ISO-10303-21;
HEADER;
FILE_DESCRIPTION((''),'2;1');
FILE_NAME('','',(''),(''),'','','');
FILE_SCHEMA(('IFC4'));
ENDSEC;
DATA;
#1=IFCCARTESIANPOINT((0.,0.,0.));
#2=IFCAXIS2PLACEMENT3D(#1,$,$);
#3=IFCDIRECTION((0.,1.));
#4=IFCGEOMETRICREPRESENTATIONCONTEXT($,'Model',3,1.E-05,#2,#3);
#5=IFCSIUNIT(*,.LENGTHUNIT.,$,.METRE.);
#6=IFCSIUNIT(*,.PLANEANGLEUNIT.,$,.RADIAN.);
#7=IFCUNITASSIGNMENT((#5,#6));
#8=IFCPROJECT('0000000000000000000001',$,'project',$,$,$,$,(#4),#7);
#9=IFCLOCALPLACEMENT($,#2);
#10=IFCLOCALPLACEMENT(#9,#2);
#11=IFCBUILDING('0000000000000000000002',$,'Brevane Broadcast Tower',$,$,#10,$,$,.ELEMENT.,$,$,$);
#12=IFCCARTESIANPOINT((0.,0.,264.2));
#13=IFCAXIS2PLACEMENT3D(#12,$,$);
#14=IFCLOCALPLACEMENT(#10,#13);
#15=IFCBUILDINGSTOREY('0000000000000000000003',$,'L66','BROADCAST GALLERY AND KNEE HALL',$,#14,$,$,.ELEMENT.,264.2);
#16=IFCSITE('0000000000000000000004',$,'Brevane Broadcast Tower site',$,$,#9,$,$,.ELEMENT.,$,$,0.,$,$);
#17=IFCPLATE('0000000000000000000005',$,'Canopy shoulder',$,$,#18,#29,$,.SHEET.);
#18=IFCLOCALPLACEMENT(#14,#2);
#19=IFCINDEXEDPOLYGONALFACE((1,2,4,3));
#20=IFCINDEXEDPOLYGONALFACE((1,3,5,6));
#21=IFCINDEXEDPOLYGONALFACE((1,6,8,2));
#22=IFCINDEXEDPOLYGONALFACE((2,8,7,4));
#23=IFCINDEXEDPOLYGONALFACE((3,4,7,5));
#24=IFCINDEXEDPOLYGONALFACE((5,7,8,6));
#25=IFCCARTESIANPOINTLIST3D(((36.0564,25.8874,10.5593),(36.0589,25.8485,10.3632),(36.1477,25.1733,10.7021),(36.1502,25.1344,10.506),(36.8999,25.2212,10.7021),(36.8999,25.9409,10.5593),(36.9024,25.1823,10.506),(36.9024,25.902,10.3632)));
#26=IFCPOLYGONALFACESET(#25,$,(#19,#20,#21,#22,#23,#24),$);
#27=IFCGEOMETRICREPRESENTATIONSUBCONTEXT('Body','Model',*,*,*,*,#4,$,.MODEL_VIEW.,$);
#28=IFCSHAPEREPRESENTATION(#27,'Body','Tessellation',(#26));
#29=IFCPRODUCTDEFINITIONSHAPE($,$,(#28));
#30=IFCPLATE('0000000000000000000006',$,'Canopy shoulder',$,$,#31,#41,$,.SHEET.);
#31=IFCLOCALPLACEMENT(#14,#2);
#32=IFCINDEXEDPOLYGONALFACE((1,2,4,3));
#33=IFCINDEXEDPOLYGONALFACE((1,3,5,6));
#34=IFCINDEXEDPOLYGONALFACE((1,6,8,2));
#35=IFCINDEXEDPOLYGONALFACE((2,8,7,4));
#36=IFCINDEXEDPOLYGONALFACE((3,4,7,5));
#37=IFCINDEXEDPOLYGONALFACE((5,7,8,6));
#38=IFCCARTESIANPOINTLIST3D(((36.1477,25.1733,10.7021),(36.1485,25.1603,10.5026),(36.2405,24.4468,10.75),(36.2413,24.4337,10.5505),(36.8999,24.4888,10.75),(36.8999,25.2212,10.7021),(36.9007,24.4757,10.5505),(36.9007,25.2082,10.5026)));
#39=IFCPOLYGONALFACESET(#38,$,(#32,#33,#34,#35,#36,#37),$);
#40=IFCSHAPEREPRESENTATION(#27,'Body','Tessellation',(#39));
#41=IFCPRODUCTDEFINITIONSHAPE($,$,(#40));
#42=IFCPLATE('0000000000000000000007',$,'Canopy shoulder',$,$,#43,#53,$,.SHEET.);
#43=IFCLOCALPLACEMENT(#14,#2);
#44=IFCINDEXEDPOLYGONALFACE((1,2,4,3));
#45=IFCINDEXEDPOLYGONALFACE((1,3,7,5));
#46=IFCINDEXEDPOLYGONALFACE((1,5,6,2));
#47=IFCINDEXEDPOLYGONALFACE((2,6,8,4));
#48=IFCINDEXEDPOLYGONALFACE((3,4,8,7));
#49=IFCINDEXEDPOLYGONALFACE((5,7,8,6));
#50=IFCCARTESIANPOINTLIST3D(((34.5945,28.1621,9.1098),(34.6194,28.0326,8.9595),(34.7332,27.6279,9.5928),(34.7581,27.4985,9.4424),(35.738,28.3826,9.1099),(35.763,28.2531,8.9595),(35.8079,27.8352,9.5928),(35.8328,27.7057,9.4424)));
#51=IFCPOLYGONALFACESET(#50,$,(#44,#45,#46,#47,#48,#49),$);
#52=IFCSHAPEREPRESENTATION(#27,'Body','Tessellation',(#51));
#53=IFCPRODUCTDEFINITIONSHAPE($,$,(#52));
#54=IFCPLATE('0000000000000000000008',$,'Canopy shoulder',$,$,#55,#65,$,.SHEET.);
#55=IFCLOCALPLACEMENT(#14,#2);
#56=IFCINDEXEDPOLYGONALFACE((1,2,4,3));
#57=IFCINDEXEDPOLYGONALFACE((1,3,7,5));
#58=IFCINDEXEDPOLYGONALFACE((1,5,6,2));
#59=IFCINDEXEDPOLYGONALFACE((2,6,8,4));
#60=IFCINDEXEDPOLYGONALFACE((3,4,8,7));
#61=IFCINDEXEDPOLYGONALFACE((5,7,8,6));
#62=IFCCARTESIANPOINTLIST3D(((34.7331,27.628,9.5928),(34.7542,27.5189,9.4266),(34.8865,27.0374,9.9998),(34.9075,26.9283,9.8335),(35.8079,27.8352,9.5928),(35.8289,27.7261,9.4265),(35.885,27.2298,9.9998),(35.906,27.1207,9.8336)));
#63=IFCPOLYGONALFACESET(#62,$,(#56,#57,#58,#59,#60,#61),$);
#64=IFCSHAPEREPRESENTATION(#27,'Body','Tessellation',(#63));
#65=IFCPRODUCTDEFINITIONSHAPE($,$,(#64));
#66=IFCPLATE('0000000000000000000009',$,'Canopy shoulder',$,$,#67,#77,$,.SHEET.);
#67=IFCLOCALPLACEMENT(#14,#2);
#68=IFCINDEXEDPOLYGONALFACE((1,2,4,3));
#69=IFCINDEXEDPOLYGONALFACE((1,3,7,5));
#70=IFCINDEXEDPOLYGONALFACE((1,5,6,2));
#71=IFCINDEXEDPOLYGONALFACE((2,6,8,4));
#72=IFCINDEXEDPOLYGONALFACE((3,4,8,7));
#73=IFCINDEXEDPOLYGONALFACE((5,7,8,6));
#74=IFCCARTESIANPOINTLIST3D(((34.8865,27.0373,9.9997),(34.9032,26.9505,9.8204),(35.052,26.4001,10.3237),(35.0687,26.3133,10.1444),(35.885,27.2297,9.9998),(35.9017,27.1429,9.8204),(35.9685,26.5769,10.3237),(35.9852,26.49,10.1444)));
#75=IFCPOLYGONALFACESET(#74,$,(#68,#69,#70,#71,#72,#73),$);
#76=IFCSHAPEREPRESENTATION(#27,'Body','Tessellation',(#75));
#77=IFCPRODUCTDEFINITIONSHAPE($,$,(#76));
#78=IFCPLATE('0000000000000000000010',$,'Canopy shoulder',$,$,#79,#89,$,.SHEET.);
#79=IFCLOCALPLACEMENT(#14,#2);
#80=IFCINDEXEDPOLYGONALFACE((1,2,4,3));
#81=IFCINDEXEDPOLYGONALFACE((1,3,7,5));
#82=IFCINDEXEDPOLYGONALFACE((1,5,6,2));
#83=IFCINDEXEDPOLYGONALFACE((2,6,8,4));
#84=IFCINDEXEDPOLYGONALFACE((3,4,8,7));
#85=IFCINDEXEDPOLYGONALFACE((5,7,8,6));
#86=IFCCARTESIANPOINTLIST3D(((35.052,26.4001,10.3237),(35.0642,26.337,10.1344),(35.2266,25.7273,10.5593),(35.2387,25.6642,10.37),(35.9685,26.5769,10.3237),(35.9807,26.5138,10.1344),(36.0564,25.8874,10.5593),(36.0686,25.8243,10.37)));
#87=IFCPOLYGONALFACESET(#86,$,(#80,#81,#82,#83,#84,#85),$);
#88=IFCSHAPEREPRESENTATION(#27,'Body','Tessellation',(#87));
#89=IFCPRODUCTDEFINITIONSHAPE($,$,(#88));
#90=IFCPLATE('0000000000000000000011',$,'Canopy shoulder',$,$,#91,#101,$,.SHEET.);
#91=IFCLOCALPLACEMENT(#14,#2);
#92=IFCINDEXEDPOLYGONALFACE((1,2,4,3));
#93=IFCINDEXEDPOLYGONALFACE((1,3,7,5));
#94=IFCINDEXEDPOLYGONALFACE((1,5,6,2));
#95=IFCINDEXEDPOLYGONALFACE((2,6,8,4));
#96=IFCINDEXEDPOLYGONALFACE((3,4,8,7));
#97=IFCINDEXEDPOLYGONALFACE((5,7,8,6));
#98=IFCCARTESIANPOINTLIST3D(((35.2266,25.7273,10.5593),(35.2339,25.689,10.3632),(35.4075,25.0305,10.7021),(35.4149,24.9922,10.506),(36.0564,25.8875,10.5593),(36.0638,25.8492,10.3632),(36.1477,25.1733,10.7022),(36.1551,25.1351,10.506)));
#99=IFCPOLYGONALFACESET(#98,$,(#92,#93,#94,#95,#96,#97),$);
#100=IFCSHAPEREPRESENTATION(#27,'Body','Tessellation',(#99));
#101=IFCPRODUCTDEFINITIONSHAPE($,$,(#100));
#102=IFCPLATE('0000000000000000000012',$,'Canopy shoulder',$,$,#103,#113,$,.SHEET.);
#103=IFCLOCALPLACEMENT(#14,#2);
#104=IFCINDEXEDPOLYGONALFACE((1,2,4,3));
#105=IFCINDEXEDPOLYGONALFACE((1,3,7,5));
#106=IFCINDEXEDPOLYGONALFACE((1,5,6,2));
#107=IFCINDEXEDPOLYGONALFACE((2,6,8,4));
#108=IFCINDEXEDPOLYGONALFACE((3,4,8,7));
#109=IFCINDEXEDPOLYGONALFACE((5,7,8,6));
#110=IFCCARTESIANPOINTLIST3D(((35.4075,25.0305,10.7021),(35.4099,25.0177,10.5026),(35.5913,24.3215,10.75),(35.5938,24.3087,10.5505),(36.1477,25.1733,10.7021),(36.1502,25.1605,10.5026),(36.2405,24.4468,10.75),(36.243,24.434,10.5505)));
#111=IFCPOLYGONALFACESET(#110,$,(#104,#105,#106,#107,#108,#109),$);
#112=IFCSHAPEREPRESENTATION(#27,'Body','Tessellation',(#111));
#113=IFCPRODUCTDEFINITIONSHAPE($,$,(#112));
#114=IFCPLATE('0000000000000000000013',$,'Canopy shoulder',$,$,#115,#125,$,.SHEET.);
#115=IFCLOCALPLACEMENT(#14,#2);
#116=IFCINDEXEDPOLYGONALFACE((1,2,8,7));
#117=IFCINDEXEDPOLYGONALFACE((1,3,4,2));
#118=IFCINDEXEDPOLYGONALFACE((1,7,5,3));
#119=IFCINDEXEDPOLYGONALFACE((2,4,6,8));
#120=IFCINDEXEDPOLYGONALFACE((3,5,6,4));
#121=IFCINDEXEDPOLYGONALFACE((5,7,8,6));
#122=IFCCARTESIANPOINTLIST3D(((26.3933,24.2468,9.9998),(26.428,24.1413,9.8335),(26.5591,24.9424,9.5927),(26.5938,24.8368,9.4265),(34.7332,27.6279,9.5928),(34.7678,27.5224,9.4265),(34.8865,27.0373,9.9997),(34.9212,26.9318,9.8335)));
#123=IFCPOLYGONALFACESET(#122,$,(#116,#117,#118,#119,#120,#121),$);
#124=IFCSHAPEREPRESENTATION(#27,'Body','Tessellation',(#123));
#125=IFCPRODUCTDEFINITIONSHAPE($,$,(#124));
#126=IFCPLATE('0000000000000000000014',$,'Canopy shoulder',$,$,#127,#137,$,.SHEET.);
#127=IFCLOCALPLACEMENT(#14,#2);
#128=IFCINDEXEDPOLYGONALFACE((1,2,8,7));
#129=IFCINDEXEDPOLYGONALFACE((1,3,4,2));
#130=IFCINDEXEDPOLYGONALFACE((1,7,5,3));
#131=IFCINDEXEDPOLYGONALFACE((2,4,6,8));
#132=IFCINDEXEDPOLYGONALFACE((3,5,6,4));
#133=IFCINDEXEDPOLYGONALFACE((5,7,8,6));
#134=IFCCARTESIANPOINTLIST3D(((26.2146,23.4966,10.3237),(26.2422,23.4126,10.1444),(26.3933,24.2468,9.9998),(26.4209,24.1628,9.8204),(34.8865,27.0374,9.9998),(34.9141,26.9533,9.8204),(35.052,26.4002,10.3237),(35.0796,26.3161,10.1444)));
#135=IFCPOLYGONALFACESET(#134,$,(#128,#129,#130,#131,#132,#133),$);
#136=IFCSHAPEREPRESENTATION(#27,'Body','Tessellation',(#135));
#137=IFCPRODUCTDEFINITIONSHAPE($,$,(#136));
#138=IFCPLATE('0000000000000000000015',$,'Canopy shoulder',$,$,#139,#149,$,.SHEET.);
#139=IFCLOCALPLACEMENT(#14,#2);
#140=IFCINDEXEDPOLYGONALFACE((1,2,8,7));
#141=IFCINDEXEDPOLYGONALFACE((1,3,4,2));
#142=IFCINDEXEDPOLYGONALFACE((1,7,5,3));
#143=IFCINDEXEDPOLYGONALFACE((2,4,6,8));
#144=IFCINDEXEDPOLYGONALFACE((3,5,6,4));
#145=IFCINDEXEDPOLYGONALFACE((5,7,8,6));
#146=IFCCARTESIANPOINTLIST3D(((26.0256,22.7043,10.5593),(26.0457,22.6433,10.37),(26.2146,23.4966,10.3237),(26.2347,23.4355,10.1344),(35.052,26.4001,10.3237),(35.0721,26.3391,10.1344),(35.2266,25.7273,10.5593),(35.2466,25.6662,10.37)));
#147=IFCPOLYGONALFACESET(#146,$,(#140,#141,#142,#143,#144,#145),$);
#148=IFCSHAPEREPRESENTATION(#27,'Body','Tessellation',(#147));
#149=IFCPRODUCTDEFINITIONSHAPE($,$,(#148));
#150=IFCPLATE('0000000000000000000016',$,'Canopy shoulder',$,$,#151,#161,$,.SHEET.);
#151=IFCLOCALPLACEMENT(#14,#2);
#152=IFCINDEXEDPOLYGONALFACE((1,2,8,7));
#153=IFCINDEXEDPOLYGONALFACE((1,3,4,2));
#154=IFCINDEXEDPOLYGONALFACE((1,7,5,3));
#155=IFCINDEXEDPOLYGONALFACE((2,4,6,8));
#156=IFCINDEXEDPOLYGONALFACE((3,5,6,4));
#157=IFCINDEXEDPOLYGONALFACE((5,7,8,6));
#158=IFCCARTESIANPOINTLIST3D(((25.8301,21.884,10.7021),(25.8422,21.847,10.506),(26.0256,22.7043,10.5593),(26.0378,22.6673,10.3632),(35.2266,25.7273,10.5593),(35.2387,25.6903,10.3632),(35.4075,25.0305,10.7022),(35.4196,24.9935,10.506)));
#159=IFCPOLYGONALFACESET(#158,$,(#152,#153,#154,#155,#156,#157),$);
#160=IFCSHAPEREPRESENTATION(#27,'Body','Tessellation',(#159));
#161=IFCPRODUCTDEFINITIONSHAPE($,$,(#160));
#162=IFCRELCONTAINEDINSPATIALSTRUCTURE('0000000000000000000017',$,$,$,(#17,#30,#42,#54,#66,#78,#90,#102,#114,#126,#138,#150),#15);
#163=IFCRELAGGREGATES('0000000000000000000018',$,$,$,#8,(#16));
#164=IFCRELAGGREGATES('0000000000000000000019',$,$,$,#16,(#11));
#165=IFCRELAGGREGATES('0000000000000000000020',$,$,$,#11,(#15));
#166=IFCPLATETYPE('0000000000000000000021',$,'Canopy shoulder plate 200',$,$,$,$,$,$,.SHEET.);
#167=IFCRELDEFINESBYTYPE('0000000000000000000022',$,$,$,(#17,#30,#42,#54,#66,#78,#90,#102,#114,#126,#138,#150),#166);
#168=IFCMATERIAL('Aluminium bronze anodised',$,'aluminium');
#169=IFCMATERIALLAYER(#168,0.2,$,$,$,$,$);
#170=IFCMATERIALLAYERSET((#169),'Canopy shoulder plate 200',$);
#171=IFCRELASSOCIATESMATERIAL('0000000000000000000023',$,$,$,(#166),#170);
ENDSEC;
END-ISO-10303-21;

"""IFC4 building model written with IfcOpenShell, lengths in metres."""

from ifc_helpers import new_model, si_unit, direction, frame, origin, place, context, subcontext, project, spatial, polyline, outline, extrude, material, layer, layer_set, type_object, element, save


model = new_model("IFC4")

# Units and contexts
model_context = context("Model", 3, precision=1e-05, world=origin(), true_north=direction((0.0, 1.0)))
body_context = subcontext(model_context, "Body", "Model", "MODEL_VIEW")
ifc_project = project(units=[si_unit("LENGTHUNIT", "METRE"), si_unit("PLANEANGLEUNIT", "RADIAN")], contexts=[model_context])

# Site, building, storey
site_placement = place(None, origin())
site = spatial("IfcSite", under=ifc_project, at=site_placement, Name="Brevane Broadcast Tower site", CompositionType="ELEMENT", RefElevation=0.0)
building_placement = place(site_placement, origin())
building = spatial("IfcBuilding", under=site, at=building_placement, Name="Brevane Broadcast Tower", CompositionType="ELEMENT")
storey_placement = place(building_placement, frame((0.0, 0.0, 264.2)))
storey = spatial("IfcBuildingStorey", under=building, at=storey_placement, Name="L66", Description="BROADCAST GALLERY AND KNEE HALL", CompositionType="ELEMENT", Elevation=264.2)

# Plates
ifc_material = material(Name="Aluminium bronze anodised", Category="aluminium")
ifc_layer = layer(ifc_material, 0.2)
ifc_layer_set = layer_set([ifc_layer], Name="Canopy shoulder plate 200")
plate_type = type_object("IfcPlateType", Name="Canopy shoulder plate 200", PredefinedType="SHEET", material=ifc_layer_set)
plate_1_placement = place(storey_placement, frame((36.8999, 25.9409, 10.5593), z_axis=(-0.012356, 0.194606, 0.980804), x_axis=(-0.997997, -0.063264, -0.000021)))
element("IfcPlate", 1, at=plate_1_placement, inside=storey, type_object=plate_type, Name="Canopy shoulder", PredefinedType="SHEET", context=body_context, shape_type="SweptSolid", body=[
    extrude(outline(polyline([(0.0, 0.0), (0.8452, 0.0), (0.7992, 0.7325), (0.0455, 0.7323), (0.0, 0.0)])), origin(), (0.0, 0.0, -1.0), 0.2),
])
plate_2_placement = place(storey_placement, frame((36.8999, 25.2212, 10.7021), z_axis=(-0.004149, 0.065192, 0.997864), x_axis=(-0.997983, -0.063488, -0.000002)))
element("IfcPlate", 2, at=plate_2_placement, inside=storey, type_object=plate_type, Name="Canopy shoulder", PredefinedType="SHEET", context=body_context, shape_type="SweptSolid", body=[
    extrude(outline(polyline([(0.0, 0.0), (0.7537, 0.0), (0.7073, 0.7326), (0.0465, 0.7325), (0.0, 0.0)])), origin(), (0.0, 0.0, -1.0), 0.2),
])
plate_3_placement = place(storey_placement, frame((35.738, 28.3826, 9.1099), z_axis=(-0.124829, 0.64737, 0.751884), x_axis=(-0.981916, -0.189315, -0.000019)))
element("IfcPlate", 3, at=plate_3_placement, inside=storey, type_object=plate_type, Name="Canopy shoulder", PredefinedType="SHEET", context=body_context, shape_type="SweptSolid", body=[
    extrude(outline(polyline([(0.0, 0.0), (1.1646, 0.0), (1.1296, 0.7325), (0.0351, 0.7324), (0.0, 0.0)])), origin(), (0.0, 0.0, -1.0), 0.2),
])
plate_4_placement = place(storey_placement, frame((35.8079, 27.8352, 9.5928), z_axis=(-0.105169, 0.545569, 0.831441), x_axis=(-0.98191, -0.189348, 0.000043)))
element("IfcPlate", 4, at=plate_4_placement, inside=storey, type_object=plate_type, Name="Canopy shoulder", PredefinedType="SHEET", context=body_context, shape_type="SweptSolid", body=[
    extrude(outline(polyline([(0.0, 0.0), (1.0945, 0.0), (1.0558, 0.7324), (0.0389, 0.7326), (0.0, 0.0)])), origin(), (0.0, 0.0, -1.0), 0.2),
])
plate_5_placement = place(storey_placement, frame((35.885, 27.2297, 9.9998), z_axis=(-0.083717, 0.434309, 0.896865), x_axis=(-0.981938, -0.189203, -0.000036)))
element("IfcPlate", 5, at=plate_5_placement, inside=storey, type_object=plate_type, Name="Canopy shoulder", PredefinedType="SHEET", context=body_context, shape_type="SweptSolid", body=[
    extrude(outline(polyline([(0.0, 0.0), (1.0169, 0.0), (0.9749, 0.7325), (0.0415, 0.7324), (0.0, 0.0)])), origin(), (0.0, 0.0, -1.0), 0.2),
])
plate_6_placement = place(storey_placement, frame((35.9685, 26.5769, 10.3237), z_axis=(-0.06092, 0.315768, 0.946879), x_axis=(-0.981904, -0.189378, -0.000019)))
element("IfcPlate", 6, at=plate_6_placement, inside=storey, type_object=plate_type, Name="Canopy shoulder", PredefinedType="SHEET", context=body_context, shape_type="SweptSolid", body=[
    extrude(outline(polyline([(0.0, 0.0), (0.9334, 0.0), (0.8894, 0.7326), (0.0443, 0.7325), (0.0, 0.0)])), origin(), (0.0, 0.0, -1.0), 0.2),
])
plate_7_placement = place(storey_placement, frame((36.0564, 25.8875, 10.5593), z_axis=(-0.036943, 0.191444, 0.980808), x_axis=(-0.981881, -0.1895, 0.000005)))
element("IfcPlate", 7, at=plate_7_placement, inside=storey, type_object=plate_type, Name="Canopy shoulder", PredefinedType="SHEET", context=body_context, shape_type="SweptSolid", body=[
    extrude(outline(polyline([(0.0, 0.0), (0.8451, 0.0), (0.7996, 0.7325), (0.0457, 0.7325), (0.0, 0.0)])), origin(), (0.0, 0.0, -1.0), 0.2),
])
plate_8_placement = place(storey_placement, frame((36.1477, 25.1733, 10.7021), z_axis=(-0.012375, 0.06414, 0.997864), x_axis=(-0.981891, -0.189448, 0.0)))
element("IfcPlate", 8, at=plate_8_placement, inside=storey, type_object=plate_type, Name="Canopy shoulder", PredefinedType="SHEET", context=body_context, shape_type="SweptSolid", body=[
    extrude(outline(polyline([(0.0, 0.0), (0.7539, 0.0), (0.7077, 0.7325), (0.0466, 0.7325), (0.0, 0.0)])), origin(), (0.0, 0.0, -1.0), 0.2),
])
plate_9_placement = place(storey_placement, frame((34.7332, 27.6279, 9.5928), z_axis=(-0.173434, 0.527871, 0.831428), x_axis=(-0.950039, -0.312133, -0.000004)))
element("IfcPlate", 9, at=plate_9_placement, inside=storey, type_object=plate_type, Name="Canopy shoulder", PredefinedType="SHEET", context=body_context, shape_type="SweptSolid", body=[
    extrude(outline(polyline([(0.0, 0.0), (8.6039, 0.0), (8.9785, 0.7325), (0.0387, 0.7324), (0.0, 0.0)])), origin(), (0.0, 0.0, -1.0), 0.2),
])
plate_10_placement = place(storey_placement, frame((34.8865, 27.0374, 9.9998), z_axis=(-0.138048, 0.420164, 0.896886), x_axis=(-0.950035, -0.312144, 0.000001)))
element("IfcPlate", 10, at=plate_10_placement, inside=storey, type_object=plate_type, Name="Canopy shoulder", PredefinedType="SHEET", context=body_context, shape_type="SweptSolid", body=[
    extrude(outline(polyline([(0.0, 0.0), (8.9398, 0.0), (9.3438, 0.7325), (0.0416, 0.7326), (0.0, 0.0)])), origin(), (0.0, 0.0, -1.0), 0.2),
])
plate_11_placement = place(storey_placement, frame((35.052, 26.4001, 10.3237), z_axis=(-0.100378, 0.305516, 0.946881), x_axis=(-0.950037, -0.312138, 0.000001)))
element("IfcPlate", 11, at=plate_11_placement, inside=storey, type_object=plate_type, Name="Canopy shoulder", PredefinedType="SHEET", context=body_context, shape_type="SweptSolid", body=[
    extrude(outline(polyline([(0.0, 0.0), (9.3022, 0.0), (9.729, 0.7326), (0.0442, 0.7326), (0.0, 0.0)])), origin(), (0.0, 0.0, -1.0), 0.2),
])
plate_12_placement = place(storey_placement, frame((35.2266, 25.7273, 10.5593), z_axis=(-0.060865, 0.185258, 0.980803), x_axis=(-0.950038, -0.312133, 0.000001)))
element("IfcPlate", 12, at=plate_12_placement, inside=storey, type_object=plate_type, Name="Canopy shoulder", PredefinedType="SHEET", context=body_context, shape_type="SweptSolid", body=[
    extrude(outline(polyline([(0.0, 0.0), (9.6848, 0.0), (10.1266, 0.7324), (0.0456, 0.7325), (0.0, 0.0)])), origin(), (0.0, 0.0, -1.0), 0.2),
])

save(model, "model.ifc")
